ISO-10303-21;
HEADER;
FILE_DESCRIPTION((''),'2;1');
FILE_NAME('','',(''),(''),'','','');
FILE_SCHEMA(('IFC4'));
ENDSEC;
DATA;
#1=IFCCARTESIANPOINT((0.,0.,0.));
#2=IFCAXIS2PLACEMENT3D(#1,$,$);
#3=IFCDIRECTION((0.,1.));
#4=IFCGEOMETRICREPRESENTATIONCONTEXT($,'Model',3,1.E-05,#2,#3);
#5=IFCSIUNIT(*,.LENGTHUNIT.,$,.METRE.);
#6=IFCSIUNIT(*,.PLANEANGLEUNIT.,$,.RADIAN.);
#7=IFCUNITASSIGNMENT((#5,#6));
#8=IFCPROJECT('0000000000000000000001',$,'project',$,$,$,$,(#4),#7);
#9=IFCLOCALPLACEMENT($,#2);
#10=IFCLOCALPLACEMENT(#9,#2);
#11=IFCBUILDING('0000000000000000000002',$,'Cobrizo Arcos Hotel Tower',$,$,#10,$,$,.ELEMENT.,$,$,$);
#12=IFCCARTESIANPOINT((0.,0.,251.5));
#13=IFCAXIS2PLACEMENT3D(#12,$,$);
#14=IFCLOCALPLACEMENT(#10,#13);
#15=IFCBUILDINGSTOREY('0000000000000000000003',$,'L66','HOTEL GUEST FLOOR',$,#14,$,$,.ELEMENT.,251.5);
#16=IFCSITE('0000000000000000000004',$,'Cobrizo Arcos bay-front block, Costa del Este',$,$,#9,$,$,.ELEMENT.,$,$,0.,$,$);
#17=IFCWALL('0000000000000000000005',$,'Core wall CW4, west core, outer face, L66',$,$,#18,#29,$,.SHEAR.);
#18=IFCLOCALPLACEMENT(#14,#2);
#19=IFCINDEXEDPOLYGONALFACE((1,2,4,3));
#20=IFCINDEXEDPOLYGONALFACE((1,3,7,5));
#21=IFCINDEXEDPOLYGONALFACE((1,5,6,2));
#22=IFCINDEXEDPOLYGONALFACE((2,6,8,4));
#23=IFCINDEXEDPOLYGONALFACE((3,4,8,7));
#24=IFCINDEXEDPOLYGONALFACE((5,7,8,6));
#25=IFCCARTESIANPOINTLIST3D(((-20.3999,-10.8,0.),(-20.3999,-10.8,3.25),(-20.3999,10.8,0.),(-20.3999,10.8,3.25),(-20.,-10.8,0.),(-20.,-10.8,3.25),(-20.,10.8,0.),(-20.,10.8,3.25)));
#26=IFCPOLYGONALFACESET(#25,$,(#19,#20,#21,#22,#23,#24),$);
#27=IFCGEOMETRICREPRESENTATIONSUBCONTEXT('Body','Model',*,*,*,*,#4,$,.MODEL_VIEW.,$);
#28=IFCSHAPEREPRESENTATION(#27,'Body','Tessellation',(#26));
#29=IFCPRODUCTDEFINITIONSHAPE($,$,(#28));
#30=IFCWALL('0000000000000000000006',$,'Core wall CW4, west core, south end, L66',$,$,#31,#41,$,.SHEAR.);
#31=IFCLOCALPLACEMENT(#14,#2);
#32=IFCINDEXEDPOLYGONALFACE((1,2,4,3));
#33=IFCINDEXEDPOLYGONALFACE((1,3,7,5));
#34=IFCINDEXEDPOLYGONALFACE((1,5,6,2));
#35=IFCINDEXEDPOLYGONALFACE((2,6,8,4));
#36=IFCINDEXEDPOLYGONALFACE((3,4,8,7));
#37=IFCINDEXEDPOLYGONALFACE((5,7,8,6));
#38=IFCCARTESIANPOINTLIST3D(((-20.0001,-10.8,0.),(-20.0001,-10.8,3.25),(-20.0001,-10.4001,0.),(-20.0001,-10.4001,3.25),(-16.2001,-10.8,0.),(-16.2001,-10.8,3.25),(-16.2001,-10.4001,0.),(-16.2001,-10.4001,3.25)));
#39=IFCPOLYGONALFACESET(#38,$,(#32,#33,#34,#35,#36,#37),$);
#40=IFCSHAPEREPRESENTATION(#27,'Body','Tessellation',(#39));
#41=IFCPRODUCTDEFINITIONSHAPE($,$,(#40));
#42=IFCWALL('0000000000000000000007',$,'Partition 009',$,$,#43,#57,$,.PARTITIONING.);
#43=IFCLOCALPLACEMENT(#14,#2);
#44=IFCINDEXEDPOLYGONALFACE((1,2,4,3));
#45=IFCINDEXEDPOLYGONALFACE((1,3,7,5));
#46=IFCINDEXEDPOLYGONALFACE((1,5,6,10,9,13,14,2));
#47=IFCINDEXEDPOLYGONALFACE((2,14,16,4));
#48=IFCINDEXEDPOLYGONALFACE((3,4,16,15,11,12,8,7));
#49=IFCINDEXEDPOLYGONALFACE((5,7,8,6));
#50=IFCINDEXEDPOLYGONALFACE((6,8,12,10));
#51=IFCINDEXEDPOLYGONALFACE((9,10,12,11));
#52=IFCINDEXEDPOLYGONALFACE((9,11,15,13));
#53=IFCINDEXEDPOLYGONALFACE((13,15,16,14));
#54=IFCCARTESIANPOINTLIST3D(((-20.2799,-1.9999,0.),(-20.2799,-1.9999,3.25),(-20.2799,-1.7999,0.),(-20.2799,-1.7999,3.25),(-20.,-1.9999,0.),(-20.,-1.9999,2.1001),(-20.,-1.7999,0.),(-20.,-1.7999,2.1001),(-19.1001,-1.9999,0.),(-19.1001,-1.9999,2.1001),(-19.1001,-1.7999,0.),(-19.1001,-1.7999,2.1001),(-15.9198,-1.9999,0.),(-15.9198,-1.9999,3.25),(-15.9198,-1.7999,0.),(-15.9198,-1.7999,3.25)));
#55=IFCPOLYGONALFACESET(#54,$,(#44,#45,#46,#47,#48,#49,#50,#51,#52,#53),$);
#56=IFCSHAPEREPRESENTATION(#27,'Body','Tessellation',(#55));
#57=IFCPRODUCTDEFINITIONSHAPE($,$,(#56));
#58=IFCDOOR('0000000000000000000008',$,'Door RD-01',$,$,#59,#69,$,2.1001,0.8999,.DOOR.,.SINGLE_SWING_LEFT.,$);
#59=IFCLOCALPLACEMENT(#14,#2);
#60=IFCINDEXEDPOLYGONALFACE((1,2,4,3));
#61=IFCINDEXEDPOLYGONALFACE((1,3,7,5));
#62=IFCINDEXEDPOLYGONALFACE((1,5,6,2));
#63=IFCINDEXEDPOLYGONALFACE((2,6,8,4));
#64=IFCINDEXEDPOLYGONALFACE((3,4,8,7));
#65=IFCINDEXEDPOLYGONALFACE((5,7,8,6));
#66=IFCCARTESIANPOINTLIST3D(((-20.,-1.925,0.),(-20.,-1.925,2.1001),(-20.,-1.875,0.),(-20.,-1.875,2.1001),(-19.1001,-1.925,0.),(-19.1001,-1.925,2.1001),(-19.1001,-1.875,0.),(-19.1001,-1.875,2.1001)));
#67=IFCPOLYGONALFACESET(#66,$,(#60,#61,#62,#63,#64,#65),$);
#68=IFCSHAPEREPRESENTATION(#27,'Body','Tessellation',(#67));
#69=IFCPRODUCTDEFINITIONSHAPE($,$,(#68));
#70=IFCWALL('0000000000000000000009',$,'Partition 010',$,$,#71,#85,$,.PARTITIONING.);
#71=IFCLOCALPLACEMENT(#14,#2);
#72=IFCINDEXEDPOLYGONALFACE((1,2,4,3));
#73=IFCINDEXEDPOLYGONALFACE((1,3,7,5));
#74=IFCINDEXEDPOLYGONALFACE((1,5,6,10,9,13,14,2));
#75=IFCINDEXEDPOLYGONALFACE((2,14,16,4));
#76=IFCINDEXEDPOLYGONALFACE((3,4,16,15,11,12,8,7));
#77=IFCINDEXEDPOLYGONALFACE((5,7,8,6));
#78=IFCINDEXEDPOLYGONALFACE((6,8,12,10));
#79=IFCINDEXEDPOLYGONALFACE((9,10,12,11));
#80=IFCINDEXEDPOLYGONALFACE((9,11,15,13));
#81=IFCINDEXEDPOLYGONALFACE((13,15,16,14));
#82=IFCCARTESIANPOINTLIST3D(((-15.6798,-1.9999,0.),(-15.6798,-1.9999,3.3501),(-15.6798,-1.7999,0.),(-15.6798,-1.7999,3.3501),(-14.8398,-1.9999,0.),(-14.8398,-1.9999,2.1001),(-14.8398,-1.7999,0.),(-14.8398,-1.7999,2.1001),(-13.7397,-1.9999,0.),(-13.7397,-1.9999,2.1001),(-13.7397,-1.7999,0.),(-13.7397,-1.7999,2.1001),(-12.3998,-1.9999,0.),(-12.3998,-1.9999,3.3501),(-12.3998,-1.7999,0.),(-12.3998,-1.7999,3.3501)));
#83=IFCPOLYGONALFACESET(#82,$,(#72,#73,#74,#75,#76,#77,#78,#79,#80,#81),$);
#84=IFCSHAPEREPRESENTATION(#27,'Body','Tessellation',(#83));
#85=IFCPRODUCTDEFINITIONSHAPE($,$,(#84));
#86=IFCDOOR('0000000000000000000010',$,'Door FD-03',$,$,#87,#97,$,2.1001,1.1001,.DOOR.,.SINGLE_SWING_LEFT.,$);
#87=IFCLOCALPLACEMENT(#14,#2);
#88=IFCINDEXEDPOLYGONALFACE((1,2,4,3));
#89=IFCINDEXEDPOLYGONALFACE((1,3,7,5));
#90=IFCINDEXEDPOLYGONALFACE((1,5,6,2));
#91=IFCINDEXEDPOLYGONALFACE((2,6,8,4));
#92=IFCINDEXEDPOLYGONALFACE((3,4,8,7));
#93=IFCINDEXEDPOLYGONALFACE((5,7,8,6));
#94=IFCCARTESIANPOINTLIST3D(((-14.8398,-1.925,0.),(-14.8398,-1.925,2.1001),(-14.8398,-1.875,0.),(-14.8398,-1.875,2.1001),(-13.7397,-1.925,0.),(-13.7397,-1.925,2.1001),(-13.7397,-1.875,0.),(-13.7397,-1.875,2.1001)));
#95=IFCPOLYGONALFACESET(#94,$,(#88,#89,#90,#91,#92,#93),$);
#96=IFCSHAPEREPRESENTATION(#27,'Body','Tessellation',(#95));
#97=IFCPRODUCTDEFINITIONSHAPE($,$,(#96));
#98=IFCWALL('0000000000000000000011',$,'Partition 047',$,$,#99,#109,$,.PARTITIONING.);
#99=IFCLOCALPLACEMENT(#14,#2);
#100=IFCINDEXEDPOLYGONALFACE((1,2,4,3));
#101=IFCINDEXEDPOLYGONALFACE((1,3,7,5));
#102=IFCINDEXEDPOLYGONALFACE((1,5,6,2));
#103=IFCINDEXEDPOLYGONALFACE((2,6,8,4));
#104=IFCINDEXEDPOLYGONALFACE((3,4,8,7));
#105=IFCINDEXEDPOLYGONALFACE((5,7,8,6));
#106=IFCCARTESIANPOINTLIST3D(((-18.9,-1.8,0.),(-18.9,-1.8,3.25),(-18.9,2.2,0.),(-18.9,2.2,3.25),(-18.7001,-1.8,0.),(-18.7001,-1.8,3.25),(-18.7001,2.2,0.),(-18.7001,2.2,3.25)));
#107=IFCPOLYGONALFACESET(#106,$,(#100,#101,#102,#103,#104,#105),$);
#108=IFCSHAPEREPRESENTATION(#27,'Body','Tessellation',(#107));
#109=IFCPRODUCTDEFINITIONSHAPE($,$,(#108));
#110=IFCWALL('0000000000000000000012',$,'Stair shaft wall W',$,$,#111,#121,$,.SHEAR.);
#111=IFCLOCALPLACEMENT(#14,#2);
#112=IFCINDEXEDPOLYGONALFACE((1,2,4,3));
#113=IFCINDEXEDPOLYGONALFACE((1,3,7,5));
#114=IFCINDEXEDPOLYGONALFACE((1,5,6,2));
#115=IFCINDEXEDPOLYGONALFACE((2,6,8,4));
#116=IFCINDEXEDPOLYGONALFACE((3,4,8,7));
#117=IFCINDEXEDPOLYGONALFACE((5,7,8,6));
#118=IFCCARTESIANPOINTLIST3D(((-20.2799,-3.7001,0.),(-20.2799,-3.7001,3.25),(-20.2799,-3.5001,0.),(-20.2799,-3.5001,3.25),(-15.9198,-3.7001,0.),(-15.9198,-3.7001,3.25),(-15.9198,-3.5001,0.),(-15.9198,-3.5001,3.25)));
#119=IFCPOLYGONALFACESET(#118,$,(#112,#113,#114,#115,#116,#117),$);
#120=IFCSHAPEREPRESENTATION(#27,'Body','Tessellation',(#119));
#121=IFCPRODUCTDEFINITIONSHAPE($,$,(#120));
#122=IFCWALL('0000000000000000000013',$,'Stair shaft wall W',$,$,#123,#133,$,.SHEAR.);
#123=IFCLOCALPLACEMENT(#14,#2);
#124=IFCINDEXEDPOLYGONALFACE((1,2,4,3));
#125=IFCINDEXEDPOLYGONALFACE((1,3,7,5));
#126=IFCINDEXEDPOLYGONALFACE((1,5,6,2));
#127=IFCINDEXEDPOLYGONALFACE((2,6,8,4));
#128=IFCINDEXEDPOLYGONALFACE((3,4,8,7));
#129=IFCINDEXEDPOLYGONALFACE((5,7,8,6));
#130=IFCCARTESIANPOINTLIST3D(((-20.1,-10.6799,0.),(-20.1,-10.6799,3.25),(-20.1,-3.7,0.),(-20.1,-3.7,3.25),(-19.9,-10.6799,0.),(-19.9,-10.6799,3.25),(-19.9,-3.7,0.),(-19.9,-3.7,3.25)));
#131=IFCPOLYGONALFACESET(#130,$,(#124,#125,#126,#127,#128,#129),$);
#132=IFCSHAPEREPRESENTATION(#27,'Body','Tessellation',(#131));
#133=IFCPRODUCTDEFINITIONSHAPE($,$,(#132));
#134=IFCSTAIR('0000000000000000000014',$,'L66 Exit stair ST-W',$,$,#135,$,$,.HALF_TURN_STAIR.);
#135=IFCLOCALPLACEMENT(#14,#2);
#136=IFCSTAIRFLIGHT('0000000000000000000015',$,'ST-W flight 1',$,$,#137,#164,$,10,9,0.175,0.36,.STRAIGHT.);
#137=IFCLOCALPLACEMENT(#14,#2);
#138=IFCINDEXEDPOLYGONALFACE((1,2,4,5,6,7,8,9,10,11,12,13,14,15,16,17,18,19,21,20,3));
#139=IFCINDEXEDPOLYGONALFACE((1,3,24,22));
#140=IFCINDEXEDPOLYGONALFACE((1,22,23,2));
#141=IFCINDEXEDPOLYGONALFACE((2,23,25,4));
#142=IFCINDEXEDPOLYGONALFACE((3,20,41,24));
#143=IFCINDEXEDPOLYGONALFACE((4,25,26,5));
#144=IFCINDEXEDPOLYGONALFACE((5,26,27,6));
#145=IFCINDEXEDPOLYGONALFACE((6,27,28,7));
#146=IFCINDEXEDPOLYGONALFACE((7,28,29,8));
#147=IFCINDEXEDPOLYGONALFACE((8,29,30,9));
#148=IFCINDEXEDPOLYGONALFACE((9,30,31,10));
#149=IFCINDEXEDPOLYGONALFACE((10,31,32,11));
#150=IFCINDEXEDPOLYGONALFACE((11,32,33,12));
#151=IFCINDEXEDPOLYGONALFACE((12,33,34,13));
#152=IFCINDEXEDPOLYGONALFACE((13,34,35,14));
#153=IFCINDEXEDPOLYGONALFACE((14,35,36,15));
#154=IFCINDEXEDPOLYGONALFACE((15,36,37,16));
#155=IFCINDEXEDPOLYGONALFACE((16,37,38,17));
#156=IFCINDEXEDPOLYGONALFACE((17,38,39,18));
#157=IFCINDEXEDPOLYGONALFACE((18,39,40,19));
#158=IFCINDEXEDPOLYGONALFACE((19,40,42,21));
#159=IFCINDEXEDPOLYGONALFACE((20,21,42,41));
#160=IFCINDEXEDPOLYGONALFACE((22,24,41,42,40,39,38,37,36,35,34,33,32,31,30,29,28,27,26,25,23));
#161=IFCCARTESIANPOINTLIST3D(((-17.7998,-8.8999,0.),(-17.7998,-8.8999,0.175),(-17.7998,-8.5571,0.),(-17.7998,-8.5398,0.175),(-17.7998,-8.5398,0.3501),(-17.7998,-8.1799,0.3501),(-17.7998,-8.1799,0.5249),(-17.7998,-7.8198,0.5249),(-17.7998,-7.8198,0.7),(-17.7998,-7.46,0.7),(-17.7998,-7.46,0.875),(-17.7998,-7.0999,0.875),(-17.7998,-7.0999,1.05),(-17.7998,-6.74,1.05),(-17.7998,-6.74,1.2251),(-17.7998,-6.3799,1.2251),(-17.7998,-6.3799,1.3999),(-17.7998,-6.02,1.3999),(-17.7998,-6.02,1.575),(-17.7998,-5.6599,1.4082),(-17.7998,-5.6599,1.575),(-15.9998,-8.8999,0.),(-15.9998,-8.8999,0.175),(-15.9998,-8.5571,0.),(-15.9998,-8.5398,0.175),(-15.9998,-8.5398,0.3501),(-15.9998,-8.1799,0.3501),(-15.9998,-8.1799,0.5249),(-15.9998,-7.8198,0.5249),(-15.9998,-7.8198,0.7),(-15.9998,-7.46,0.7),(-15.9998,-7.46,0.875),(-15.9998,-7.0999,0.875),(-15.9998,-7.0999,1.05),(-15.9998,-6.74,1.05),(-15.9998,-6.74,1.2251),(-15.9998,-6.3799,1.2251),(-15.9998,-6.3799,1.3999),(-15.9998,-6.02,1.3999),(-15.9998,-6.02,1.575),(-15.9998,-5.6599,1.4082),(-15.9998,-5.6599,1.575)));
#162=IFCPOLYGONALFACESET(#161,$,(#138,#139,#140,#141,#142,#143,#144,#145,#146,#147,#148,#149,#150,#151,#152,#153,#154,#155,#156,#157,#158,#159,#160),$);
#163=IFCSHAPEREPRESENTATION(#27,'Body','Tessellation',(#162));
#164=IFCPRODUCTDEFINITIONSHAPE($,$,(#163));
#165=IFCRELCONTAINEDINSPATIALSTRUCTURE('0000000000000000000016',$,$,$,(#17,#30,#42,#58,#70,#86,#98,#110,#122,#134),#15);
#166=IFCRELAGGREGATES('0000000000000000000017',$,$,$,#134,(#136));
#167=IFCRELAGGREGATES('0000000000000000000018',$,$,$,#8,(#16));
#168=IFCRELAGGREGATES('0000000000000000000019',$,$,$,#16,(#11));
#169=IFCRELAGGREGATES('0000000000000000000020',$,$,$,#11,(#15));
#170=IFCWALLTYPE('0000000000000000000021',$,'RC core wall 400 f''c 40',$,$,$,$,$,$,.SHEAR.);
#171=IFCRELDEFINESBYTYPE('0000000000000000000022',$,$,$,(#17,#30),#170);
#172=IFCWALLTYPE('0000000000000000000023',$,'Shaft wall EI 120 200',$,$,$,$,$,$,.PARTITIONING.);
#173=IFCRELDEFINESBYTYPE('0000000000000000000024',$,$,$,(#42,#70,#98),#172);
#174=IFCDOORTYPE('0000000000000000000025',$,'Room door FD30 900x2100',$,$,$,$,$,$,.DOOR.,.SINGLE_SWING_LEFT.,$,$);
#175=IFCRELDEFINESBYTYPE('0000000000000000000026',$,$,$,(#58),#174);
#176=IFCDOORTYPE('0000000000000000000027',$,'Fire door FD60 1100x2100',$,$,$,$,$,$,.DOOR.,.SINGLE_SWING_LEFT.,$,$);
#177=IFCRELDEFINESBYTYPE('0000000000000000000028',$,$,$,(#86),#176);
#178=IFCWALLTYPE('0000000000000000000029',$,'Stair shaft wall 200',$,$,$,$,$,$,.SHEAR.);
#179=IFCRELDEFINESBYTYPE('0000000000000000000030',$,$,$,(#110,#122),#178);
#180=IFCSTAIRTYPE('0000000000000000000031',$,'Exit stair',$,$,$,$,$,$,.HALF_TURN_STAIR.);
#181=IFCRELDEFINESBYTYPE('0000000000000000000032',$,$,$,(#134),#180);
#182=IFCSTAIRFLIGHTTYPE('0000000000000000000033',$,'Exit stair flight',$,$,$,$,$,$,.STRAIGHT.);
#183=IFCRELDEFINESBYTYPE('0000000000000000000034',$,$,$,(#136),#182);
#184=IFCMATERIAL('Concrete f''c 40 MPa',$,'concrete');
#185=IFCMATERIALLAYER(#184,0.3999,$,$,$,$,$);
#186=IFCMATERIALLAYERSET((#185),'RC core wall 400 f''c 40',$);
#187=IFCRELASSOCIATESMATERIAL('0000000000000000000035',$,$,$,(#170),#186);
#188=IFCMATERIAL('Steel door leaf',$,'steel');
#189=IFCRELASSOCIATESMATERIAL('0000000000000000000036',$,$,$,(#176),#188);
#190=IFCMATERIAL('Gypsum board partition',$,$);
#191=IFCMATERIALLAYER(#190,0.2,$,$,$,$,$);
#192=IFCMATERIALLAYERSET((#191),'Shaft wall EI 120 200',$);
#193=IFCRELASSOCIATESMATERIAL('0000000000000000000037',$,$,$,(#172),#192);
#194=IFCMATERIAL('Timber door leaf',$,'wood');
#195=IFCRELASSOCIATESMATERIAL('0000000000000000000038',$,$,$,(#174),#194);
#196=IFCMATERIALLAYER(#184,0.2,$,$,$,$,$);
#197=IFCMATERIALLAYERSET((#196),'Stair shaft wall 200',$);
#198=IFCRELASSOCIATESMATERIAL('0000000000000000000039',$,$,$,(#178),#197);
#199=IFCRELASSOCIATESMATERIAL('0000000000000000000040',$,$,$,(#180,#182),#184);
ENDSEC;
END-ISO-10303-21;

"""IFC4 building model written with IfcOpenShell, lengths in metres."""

from ifc_helpers import new_model, si_unit, direction, frame, frame_2d, origin, place, context, subcontext, project, spatial, polyline, rectangle, outline, extrude, material, layer, layer_set, type_object, element, fill, aggregate, save


model = new_model("IFC4")

# Units and contexts
model_context = context("Model", 3, precision=1e-05, world=origin(), true_north=direction((0.0, 1.0)))
body_context = subcontext(model_context, "Body", "Model", "MODEL_VIEW")
ifc_project = project(units=[si_unit("LENGTHUNIT", "METRE"), si_unit("PLANEANGLEUNIT", "RADIAN")], contexts=[model_context])

# Site, building, storey
site_placement = place(None, origin())
site = spatial("IfcSite", under=ifc_project, at=site_placement, Name="Cobrizo Arcos bay-front block, Costa del Este", CompositionType="ELEMENT", RefElevation=0.0)
building_placement = place(site_placement, origin())
building = spatial("IfcBuilding", under=site, at=building_placement, Name="Cobrizo Arcos Hotel Tower", CompositionType="ELEMENT")
storey_placement = place(building_placement, frame((0.0, 0.0, 251.5)))
storey = spatial("IfcBuildingStorey", under=building, at=storey_placement, Name="L66", Description="HOTEL GUEST FLOOR", CompositionType="ELEMENT", Elevation=251.5)

# Shared definitions
ifc_material_1 = material(Name="Concrete f'c 40 MPa", Category="concrete")
ifc_layer_1 = layer(ifc_material_1, 0.3999)
ifc_layer_set_1 = layer_set([ifc_layer_1], Name="RC core wall 400 f'c 40")
wall_type_1 = type_object("IfcWallType", Name="RC core wall 400 f'c 40", PredefinedType="SHEAR", material=ifc_layer_set_1)
ifc_material_2 = material(Name="Timber door leaf", Category="wood")
ifc_material_3 = material(Name="Steel door leaf", Category="steel")
door_type_1 = type_object("IfcDoorType", Name="Fire door FD60 1100x2100", OperationType="SINGLE_SWING_LEFT", PredefinedType="DOOR", material=ifc_material_3)

# Walls
wall_1_placement = place(storey_placement, frame((-20.2, -10.8, 0.0), z_axis=(0.0, 0.0, 1.0), x_axis=(0.0, 1.0, 0.0)))
element("IfcWall", 1, at=wall_1_placement, inside=storey, type_object=wall_type_1, Name="Core wall CW4, west core, outer face, L66", PredefinedType="SHEAR", context=body_context, shape_type="SweptSolid", body=[
    extrude(rectangle(XDim=21.6001, YDim=0.3999, at=frame_2d((10.8, 0.0))), origin(), (0.0, 0.0, 1.0), 3.25),
])
wall_2_placement = place(storey_placement, frame((-20.0, -10.6001, 0.0), z_axis=(0.0, 0.0, 1.0), x_axis=(1.0, 0.0, 0.0)))
element("IfcWall", 2, at=wall_2_placement, inside=storey, type_object=wall_type_1, Name="Core wall CW4, west core, south end, L66", PredefinedType="SHEAR", context=body_context, shape_type="SweptSolid", body=[
    extrude(rectangle(XDim=3.8, YDim=0.3999, at=frame_2d((1.8999, 0.0))), origin(), (0.0, 0.0, 1.0), 3.25),
])

# Walls, openings, doors
ifc_material_4 = material(Name="Gypsum board partition")
ifc_layer_2 = layer(ifc_material_4, 0.2)
ifc_layer_set_2 = layer_set([ifc_layer_2], Name="Shaft wall EI 120 200")
wall_type_2 = type_object("IfcWallType", Name="Shaft wall EI 120 200", PredefinedType="PARTITIONING", material=ifc_layer_set_2)
wall_3_placement = place(storey_placement, frame((-20.28, -1.8999, 0.0), z_axis=(0.0, 0.0, 1.0), x_axis=(1.0, 0.0, 0.0)))
wall_3 = element("IfcWall", 3, at=wall_3_placement, inside=storey, type_object=wall_type_2, Name="Partition 009", PredefinedType="PARTITIONING", context=body_context, shape_type="SweptSolid", body=[
    extrude(rectangle(XDim=4.3601, YDim=0.2, at=frame_2d((2.1802, 0.0))), origin(), (0.0, 0.0, 1.0), 3.25),
])
opening_1_placement = place(wall_3_placement, frame((0.28, 0.0, 0.0)))
opening_1 = element("IfcOpeningElement", 4, at=opening_1_placement, cuts=wall_3, PredefinedType="OPENING", context=body_context, shape_type="SweptSolid", body=[
    extrude(rectangle(XDim=0.8999, YDim=2.1001, at=frame_2d((0.45, 1.05))), frame((0.0, 0.1121, 0.0), z_axis=(0.0, -1.0, 0.0), x_axis=(1.0, 0.0, 0.0)), (0.0, 0.0, 1.0), 0.2239),
])
door_type_2 = type_object("IfcDoorType", Name="Room door FD30 900x2100", OperationType="SINGLE_SWING_LEFT", PredefinedType="DOOR", material=ifc_material_2)
door_1_placement = place(opening_1_placement, origin())
door_1 = element("IfcDoor", 5, at=door_1_placement, inside=storey, type_object=door_type_2, Name="Door RD-01", OperationType="SINGLE_SWING_LEFT", OverallHeight=2.1001, OverallWidth=0.8999, PredefinedType="DOOR", context=body_context, shape_type="SweptSolid", body=[
    extrude(rectangle(XDim=0.8999, YDim=2.1001, at=frame_2d((0.45, 1.05))), frame((0.0, 0.0249, 0.0), z_axis=(0.0, -1.0, 0.0), x_axis=(1.0, 0.0, 0.0)), (0.0, 0.0, 1.0), 0.05),
])
fill(opening_1, door_1)
wall_4_placement = place(storey_placement, frame((-15.6799, -1.8999, 0.0), z_axis=(0.0, 0.0, 1.0), x_axis=(1.0, 0.0, 0.0)))
wall_4 = element("IfcWall", 6, at=wall_4_placement, inside=storey, type_object=wall_type_2, Name="Partition 010", PredefinedType="PARTITIONING", context=body_context, shape_type="SweptSolid", body=[
    extrude(rectangle(XDim=3.28, YDim=0.2, at=frame_2d((1.6401, 0.0))), origin(), (0.0, 0.0, 1.0), 3.3501),
])
opening_2_placement = place(wall_4_placement, frame((0.8401, 0.0, 0.0)))
opening_2 = element("IfcOpeningElement", 7, at=opening_2_placement, cuts=wall_4, PredefinedType="OPENING", context=body_context, shape_type="SweptSolid", body=[
    extrude(rectangle(XDim=1.1001, YDim=2.1001, at=frame_2d((0.55, 1.05))), frame((0.0, 0.1121, 0.0), z_axis=(0.0, -1.0, 0.0), x_axis=(1.0, 0.0, 0.0)), (0.0, 0.0, 1.0), 0.2239),
])
door_2_placement = place(opening_2_placement, origin())
door_2 = element("IfcDoor", 8, at=door_2_placement, inside=storey, type_object=door_type_1, Name="Door FD-03", OperationType="SINGLE_SWING_LEFT", OverallHeight=2.1001, OverallWidth=1.1001, PredefinedType="DOOR", context=body_context, shape_type="SweptSolid", body=[
    extrude(rectangle(XDim=1.1001, YDim=2.1001, at=frame_2d((0.55, 1.05))), frame((0.0, 0.0249, 0.0), z_axis=(0.0, -1.0, 0.0), x_axis=(1.0, 0.0, 0.0)), (0.0, 0.0, 1.0), 0.05),
])
fill(opening_2, door_2)

# Walls
wall_5_placement = place(storey_placement, frame((-18.8, -1.8, 0.0), z_axis=(0.0, 0.0, 1.0), x_axis=(0.0, 1.0, 0.0)))
element("IfcWall", 9, at=wall_5_placement, inside=storey, type_object=wall_type_2, Name="Partition 047", PredefinedType="PARTITIONING", context=body_context, shape_type="SweptSolid", body=[
    extrude(rectangle(XDim=4.0, YDim=0.2, at=frame_2d((2.0, 0.0))), origin(), (0.0, 0.0, 1.0), 3.25),
])
ifc_layer_3 = layer(ifc_material_1, 0.2)
ifc_layer_set_3 = layer_set([ifc_layer_3], Name="Stair shaft wall 200")
wall_type_3 = type_object("IfcWallType", Name="Stair shaft wall 200", PredefinedType="SHEAR", material=ifc_layer_set_3)
wall_6_placement = place(storey_placement, frame((-20.28, -3.6001, 0.0), z_axis=(0.0, 0.0, 1.0), x_axis=(1.0, 0.0, 0.0)))
element("IfcWall", 10, at=wall_6_placement, inside=storey, type_object=wall_type_3, Name="Stair shaft wall W", PredefinedType="SHEAR", context=body_context, shape_type="SweptSolid", body=[
    extrude(rectangle(XDim=4.3601, YDim=0.2, at=frame_2d((2.1802, 0.0))), origin(), (0.0, 0.0, 1.0), 3.25),
])
wall_7_placement = place(storey_placement, frame((-20.0, -10.6799, 0.0), z_axis=(0.0, 0.0, 1.0), x_axis=(0.0, 1.0, 0.0)))
element("IfcWall", 11, at=wall_7_placement, inside=storey, type_object=wall_type_3, Name="Stair shaft wall W", PredefinedType="SHEAR", context=body_context, shape_type="SweptSolid", body=[
    extrude(rectangle(XDim=6.98, YDim=0.2, at=frame_2d((3.49, 0.0))), origin(), (0.0, 0.0, 1.0), 3.25),
])

# Stair, stair flight
stair_type = type_object("IfcStairType", Name="Exit stair", PredefinedType="HALF_TURN_STAIR", material=ifc_material_1)
stair_placement = place(storey_placement, origin())
stair = element("IfcStair", 12, at=stair_placement, inside=storey, type_object=stair_type, Name="L66 Exit stair ST-W", PredefinedType="HALF_TURN_STAIR")
stair_flight_type = type_object("IfcStairFlightType", Name="Exit stair flight", PredefinedType="STRAIGHT", material=ifc_material_1)
stair_flight_1_placement = place(storey_placement, frame((-16.8999, -8.8999, 0.0), z_axis=(0.0, 0.0, 1.0), x_axis=(0.0, 1.0, 0.0)))
stair_flight_1 = element("IfcStairFlight", 13, at=stair_flight_1_placement, type_object=stair_flight_type, Name="ST-W flight 1", NumberOfRisers=10, NumberOfTreads=9, PredefinedType="STRAIGHT", RiserHeight=0.175, TreadLength=0.36, context=body_context, shape_type="SweptSolid", body=[
    extrude(outline(polyline([(0.0, 0.0), (0.0, 0.175), (0.3601, 0.175), (0.3601, 0.3501), (0.72, 0.3501), (0.72, 0.5249), (1.0801, 0.5249), (1.0801, 0.7), (1.4399, 0.7), (1.4399, 0.875), (1.8, 0.875), (1.8, 1.05), (2.1599, 1.05), (2.1599, 1.2251), (2.52, 1.2251), (2.52, 1.3999), (2.8799, 1.3999), (2.8799, 1.575), (3.24, 1.575), (3.24, 1.75), (3.24, 1.4082), (0.3428, 0.0), (0.0, 0.0)])), frame((0.0, 0.8999, 0.0), z_axis=(0.0, -1.0, 0.0), x_axis=(1.0, 0.0, 0.0)), (0.0, 0.0, 1.0), 1.8),
])
aggregate(stair, [stair_flight_1])

save(model, "model.ifc")
